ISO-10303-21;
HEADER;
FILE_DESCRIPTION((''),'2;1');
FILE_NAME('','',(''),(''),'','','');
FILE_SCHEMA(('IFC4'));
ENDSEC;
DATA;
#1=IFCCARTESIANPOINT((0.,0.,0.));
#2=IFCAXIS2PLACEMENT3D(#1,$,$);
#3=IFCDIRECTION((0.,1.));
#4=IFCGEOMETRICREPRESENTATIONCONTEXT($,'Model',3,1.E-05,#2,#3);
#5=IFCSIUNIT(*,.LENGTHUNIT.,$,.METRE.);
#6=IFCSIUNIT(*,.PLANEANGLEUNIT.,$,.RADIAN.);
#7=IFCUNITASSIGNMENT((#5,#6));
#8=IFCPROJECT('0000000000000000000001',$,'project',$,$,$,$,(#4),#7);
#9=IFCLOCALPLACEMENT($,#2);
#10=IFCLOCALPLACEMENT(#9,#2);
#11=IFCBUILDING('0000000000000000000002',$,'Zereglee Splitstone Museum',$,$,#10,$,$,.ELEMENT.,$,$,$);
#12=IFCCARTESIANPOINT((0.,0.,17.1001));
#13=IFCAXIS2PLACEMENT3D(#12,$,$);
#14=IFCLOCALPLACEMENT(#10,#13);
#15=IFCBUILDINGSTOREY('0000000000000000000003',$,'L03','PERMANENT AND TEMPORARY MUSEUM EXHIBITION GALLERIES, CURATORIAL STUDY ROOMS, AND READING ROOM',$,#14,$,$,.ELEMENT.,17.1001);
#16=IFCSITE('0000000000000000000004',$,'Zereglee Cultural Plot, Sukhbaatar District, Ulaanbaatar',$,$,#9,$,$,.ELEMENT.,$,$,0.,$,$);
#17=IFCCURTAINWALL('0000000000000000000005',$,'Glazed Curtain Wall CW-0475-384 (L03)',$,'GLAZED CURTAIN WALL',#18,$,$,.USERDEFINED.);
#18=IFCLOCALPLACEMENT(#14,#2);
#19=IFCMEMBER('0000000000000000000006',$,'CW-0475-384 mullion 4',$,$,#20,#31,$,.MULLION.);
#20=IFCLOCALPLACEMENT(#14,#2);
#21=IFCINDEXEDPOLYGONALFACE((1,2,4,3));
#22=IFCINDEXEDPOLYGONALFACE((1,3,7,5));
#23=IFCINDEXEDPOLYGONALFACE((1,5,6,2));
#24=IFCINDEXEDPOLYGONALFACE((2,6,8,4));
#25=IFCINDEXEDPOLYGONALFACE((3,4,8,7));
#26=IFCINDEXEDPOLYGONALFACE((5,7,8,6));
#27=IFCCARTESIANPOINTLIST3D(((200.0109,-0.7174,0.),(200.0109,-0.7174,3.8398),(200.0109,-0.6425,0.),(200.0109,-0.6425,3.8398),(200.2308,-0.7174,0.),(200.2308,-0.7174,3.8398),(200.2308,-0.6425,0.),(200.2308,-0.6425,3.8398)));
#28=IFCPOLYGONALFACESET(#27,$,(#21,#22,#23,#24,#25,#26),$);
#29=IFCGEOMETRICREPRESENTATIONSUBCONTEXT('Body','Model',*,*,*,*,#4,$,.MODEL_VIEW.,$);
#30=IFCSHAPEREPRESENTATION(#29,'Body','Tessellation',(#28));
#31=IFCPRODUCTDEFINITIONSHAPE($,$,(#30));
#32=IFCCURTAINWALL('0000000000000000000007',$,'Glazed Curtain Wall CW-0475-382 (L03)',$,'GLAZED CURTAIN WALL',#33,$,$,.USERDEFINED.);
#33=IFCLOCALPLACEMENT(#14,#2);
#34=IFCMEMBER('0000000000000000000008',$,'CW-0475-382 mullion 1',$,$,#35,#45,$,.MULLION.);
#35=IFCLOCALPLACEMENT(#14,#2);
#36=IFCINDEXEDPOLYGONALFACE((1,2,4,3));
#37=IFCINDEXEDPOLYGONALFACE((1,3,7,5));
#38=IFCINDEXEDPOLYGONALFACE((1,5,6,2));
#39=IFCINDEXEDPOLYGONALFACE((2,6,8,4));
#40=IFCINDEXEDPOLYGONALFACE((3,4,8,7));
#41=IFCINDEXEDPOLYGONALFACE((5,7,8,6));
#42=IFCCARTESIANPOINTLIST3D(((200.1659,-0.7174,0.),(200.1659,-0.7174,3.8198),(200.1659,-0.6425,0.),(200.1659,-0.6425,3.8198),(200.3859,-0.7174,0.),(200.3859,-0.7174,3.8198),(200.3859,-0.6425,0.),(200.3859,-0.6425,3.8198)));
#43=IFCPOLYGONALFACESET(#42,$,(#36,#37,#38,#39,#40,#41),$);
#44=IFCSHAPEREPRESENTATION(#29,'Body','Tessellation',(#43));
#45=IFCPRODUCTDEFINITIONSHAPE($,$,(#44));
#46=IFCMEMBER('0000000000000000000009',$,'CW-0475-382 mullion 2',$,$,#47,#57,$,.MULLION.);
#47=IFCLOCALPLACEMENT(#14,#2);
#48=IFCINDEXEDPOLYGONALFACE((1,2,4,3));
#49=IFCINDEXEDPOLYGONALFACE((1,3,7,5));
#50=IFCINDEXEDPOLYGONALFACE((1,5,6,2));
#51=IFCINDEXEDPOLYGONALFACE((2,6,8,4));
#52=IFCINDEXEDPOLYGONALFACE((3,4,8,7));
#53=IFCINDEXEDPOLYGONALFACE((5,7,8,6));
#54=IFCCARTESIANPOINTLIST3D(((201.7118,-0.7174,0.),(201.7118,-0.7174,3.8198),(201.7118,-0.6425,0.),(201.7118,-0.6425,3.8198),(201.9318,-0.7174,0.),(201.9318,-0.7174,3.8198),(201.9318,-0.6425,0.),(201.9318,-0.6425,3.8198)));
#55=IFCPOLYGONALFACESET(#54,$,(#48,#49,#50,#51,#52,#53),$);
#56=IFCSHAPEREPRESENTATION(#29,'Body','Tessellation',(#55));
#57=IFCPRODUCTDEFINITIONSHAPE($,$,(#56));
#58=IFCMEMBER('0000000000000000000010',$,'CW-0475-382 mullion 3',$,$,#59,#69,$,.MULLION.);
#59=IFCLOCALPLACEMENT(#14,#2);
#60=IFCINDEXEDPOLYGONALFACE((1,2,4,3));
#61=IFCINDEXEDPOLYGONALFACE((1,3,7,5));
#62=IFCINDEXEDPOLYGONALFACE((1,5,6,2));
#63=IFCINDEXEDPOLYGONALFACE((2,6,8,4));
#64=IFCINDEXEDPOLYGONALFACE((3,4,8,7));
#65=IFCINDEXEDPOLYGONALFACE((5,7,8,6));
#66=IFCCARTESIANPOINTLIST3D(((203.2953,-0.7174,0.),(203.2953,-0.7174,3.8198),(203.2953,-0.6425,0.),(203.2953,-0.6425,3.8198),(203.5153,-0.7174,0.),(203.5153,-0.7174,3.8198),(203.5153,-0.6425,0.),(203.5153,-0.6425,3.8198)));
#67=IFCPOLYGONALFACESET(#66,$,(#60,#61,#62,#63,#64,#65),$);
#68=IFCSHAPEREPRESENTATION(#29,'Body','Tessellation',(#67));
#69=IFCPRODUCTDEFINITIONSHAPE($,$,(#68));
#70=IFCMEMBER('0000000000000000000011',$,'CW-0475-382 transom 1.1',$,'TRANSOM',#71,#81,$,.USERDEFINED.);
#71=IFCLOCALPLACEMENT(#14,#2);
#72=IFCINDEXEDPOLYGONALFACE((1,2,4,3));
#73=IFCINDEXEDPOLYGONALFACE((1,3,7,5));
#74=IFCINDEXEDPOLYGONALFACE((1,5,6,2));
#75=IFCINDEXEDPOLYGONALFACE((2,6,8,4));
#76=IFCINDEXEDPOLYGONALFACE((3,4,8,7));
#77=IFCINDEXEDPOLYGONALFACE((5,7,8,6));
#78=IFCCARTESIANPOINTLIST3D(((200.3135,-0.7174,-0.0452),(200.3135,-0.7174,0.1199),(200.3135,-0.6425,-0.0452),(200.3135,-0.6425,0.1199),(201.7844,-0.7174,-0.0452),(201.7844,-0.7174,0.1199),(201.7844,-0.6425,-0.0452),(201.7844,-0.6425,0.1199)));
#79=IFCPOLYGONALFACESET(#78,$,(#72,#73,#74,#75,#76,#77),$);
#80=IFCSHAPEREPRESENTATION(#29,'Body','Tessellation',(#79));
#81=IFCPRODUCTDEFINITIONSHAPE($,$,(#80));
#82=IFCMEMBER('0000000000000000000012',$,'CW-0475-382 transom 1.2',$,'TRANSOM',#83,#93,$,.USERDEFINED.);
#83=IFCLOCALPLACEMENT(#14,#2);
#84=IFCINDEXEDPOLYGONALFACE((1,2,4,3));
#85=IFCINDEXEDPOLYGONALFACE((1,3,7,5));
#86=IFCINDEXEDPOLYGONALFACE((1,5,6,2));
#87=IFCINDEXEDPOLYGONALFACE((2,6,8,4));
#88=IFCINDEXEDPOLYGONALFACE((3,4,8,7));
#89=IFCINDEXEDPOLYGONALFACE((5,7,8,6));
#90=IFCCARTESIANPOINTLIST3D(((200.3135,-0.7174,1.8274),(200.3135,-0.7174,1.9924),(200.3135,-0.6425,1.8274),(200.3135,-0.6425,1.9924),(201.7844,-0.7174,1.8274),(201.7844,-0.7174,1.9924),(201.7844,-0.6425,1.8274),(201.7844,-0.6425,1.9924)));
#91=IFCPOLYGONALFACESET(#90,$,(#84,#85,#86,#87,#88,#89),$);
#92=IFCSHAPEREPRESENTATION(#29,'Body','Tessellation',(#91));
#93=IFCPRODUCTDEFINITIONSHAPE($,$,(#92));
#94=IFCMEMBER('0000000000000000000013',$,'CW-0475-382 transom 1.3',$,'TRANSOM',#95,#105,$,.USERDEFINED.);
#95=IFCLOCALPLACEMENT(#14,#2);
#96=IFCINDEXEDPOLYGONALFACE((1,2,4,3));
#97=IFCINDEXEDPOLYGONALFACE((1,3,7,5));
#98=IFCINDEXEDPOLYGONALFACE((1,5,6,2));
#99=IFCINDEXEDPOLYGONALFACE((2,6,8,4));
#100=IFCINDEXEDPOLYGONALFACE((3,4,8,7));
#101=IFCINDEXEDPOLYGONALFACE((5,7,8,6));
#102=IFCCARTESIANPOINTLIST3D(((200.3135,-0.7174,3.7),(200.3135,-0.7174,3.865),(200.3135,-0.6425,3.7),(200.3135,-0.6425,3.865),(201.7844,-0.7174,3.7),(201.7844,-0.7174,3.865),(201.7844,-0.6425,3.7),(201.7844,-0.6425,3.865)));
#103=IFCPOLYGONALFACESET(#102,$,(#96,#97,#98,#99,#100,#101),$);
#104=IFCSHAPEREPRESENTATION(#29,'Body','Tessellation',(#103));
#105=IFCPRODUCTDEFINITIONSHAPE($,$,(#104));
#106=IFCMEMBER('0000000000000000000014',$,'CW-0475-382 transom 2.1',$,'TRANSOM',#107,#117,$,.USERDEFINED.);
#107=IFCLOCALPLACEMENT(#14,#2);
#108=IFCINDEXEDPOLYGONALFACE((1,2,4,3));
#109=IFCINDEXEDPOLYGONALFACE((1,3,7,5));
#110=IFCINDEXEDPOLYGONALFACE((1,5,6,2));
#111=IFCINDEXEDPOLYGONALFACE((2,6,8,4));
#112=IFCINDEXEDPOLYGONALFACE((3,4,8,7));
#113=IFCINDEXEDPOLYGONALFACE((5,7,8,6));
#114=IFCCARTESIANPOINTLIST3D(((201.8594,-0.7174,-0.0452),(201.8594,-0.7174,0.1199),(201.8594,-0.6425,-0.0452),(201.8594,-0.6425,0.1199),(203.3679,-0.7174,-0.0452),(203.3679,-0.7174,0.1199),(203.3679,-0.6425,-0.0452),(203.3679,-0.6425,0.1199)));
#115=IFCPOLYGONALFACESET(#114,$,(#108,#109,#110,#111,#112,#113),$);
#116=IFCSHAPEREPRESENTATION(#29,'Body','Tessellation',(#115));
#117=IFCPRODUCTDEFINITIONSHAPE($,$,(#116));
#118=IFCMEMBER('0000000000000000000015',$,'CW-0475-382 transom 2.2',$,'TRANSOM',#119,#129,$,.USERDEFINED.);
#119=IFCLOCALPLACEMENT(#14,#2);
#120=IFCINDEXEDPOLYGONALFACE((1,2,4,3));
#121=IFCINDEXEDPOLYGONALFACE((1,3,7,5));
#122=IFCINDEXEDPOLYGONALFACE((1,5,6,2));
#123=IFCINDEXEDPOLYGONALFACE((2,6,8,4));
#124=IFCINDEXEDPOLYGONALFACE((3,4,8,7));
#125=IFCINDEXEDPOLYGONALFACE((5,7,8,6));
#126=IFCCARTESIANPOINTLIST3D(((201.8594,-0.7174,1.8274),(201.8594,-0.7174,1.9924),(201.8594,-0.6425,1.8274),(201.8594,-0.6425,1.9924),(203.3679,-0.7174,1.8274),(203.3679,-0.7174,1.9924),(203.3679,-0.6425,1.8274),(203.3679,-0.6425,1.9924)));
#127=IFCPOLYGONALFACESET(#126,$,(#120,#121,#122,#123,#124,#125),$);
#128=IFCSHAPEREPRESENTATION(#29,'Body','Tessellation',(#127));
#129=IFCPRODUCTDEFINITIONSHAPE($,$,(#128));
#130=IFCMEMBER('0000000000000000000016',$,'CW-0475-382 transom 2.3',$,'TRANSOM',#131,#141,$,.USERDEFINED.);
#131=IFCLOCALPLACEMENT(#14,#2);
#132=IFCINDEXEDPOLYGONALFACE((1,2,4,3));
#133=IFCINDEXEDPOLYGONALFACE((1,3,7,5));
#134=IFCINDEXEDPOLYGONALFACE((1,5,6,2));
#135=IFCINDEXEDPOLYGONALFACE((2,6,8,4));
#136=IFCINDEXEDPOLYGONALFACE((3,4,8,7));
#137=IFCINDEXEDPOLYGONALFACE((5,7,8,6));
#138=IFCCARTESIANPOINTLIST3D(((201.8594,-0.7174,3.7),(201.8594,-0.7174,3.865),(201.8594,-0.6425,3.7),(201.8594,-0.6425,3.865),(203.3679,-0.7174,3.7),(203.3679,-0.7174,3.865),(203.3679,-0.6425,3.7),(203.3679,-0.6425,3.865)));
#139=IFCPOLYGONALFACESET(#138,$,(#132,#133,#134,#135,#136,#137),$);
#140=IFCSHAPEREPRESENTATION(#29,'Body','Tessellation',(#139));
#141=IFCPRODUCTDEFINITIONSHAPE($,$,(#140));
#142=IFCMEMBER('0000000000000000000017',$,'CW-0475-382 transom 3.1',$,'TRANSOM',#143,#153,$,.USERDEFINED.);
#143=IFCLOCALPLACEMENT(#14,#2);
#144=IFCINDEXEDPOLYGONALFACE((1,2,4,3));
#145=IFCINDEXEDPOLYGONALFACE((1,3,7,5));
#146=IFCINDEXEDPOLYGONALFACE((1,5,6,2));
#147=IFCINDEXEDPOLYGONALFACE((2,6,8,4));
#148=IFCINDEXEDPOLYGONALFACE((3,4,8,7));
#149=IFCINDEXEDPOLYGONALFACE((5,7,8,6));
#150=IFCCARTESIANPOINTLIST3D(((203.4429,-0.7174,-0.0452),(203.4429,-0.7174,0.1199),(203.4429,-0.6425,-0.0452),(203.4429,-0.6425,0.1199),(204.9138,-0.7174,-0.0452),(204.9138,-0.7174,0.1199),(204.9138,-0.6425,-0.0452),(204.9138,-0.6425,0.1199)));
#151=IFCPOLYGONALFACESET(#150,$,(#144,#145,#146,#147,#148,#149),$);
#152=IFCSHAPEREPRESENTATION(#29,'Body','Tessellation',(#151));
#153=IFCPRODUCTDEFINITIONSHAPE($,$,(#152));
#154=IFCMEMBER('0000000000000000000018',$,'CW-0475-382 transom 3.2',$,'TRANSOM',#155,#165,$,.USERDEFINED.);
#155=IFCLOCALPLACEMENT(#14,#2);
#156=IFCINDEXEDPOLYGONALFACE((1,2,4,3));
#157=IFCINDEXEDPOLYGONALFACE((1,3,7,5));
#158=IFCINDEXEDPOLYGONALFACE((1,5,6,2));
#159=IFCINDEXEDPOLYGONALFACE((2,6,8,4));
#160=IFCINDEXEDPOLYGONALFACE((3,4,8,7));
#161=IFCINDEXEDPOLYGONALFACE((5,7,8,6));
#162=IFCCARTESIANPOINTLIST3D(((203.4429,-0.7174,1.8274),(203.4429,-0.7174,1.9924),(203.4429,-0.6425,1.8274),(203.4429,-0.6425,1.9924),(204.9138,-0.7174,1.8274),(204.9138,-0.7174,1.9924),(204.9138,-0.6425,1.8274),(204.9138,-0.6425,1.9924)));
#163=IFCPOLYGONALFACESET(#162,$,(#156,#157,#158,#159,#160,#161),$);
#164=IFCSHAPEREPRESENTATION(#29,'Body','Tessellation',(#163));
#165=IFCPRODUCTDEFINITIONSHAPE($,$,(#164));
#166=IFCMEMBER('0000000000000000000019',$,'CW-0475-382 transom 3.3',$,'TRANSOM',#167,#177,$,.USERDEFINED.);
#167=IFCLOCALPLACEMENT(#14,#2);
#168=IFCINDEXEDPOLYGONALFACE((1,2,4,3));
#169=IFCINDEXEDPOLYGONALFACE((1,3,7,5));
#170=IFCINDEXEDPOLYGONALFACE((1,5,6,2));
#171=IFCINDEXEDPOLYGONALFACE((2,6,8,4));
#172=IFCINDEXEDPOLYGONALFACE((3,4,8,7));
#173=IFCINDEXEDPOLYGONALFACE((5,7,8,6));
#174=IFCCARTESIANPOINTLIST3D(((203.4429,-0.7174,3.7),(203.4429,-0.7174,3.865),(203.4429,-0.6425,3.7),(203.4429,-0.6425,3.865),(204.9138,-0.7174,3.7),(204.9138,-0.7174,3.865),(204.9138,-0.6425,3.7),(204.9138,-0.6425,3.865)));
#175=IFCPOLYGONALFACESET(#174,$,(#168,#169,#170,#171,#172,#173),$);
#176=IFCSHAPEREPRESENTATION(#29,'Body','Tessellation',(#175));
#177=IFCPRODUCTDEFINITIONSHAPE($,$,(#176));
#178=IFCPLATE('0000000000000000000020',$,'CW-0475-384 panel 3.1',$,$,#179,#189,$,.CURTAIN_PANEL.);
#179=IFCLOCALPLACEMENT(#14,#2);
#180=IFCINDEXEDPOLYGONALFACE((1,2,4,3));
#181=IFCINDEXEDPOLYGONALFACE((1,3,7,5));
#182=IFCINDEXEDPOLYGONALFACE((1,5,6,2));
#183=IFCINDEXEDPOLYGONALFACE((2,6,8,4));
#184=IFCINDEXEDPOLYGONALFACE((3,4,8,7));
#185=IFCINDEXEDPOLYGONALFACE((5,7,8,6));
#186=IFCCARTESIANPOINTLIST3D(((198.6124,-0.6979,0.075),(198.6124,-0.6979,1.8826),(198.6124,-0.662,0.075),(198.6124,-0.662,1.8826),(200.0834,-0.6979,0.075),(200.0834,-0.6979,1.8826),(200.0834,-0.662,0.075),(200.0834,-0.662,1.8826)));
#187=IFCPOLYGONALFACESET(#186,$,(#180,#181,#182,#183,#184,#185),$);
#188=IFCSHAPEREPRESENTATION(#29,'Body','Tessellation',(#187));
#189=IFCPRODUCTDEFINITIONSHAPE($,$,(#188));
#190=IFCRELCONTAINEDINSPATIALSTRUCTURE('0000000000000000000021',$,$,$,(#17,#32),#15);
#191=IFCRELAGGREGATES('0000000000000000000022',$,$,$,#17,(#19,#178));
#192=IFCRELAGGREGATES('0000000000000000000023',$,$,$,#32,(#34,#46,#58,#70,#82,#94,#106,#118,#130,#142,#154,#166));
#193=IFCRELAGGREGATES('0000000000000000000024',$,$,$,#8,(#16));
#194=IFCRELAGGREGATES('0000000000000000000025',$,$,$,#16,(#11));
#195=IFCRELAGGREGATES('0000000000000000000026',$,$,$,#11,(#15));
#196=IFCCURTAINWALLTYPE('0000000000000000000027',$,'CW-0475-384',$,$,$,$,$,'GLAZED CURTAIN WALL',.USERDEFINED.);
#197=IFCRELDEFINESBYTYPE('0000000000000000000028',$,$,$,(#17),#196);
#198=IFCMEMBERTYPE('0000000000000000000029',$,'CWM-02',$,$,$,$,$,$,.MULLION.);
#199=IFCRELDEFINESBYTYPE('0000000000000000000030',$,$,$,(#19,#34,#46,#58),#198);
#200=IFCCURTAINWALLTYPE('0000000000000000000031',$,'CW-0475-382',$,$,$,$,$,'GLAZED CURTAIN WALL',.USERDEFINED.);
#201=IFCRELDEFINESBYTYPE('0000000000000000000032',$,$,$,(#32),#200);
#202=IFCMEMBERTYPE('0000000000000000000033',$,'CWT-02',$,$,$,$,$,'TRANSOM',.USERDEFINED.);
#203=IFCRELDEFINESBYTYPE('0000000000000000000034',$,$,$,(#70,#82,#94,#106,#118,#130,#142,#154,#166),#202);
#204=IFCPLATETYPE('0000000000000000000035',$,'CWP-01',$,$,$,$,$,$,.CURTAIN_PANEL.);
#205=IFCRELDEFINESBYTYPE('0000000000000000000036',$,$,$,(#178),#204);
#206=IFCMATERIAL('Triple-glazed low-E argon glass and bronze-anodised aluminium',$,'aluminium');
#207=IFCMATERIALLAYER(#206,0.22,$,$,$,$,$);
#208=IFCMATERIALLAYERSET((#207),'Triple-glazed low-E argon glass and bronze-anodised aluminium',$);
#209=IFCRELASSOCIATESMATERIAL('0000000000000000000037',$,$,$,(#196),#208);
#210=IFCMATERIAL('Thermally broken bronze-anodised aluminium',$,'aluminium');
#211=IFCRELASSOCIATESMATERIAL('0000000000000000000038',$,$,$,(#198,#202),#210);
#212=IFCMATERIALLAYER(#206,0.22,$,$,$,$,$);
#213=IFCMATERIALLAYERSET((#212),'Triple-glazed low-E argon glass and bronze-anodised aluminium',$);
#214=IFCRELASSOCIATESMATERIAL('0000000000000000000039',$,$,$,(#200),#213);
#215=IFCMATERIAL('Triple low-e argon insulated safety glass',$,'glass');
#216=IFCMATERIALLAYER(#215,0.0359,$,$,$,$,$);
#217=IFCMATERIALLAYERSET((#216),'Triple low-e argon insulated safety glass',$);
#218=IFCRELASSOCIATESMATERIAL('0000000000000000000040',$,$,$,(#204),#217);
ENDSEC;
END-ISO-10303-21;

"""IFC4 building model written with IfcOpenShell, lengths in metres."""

from ifc_helpers import new_model, si_unit, direction, frame, origin, origin_2d, place, context, subcontext, project, spatial, rectangle, extrude, material, layer, layer_set, material_profile, profile_set, type_object, element, aggregate, save


model = new_model("IFC4")

# Units and contexts
model_context = context("Model", 3, precision=1e-05, world=origin(), true_north=direction((0.0, 1.0)))
body_context = subcontext(model_context, "Body", "Model", "MODEL_VIEW")
ifc_project = project(units=[si_unit("LENGTHUNIT", "METRE"), si_unit("PLANEANGLEUNIT", "RADIAN")], contexts=[model_context])

# Site, building, storey
site_placement = place(None, origin())
site = spatial("IfcSite", under=ifc_project, at=site_placement, Name="Zereglee Cultural Plot, Sukhbaatar District, Ulaanbaatar", CompositionType="ELEMENT", RefElevation=0.0)
building_placement = place(site_placement, origin())
building = spatial("IfcBuilding", under=site, at=building_placement, Name="Zereglee Splitstone Museum", CompositionType="ELEMENT")
storey_placement = place(building_placement, frame((0.0, 0.0, 17.1001)))
storey = spatial("IfcBuildingStorey", under=building, at=storey_placement, Name="L03", Description="PERMANENT AND TEMPORARY MUSEUM EXHIBITION GALLERIES, CURATORIAL STUDY ROOMS, AND READING ROOM", CompositionType="ELEMENT", Elevation=17.1001)

# Curtain wall, member
ifc_material_1 = material(Name="Triple-glazed low-E argon glass and bronze-anodised aluminium", Category="aluminium")
ifc_layer_1 = layer(ifc_material_1, 0.22)
ifc_layer_set_1 = layer_set([ifc_layer_1], Name="Triple-glazed low-E argon glass and bronze-anodised aluminium")
curtain_wall_type_1 = type_object("IfcCurtainWallType", Name="CW-0475-384", ElementType="GLAZED CURTAIN WALL", PredefinedType="USERDEFINED", material=ifc_layer_set_1)
curtain_wall_1_placement = place(storey_placement, origin())
curtain_wall_1 = element("IfcCurtainWall", 1, at=curtain_wall_1_placement, inside=storey, type_object=curtain_wall_type_1, Name="Glazed Curtain Wall CW-0475-384 (L03)", ObjectType="GLAZED CURTAIN WALL", PredefinedType="USERDEFINED")
ifc_material_2 = material(Name="Thermally broken bronze-anodised aluminium", Category="aluminium")
ifc_material_profile_1 = material_profile(ifc_material_2, rectangle(XDim=0.075, YDim=0.22, at=origin_2d()), Name="CW MULL 75x220")
ifc_profile_set_1 = profile_set([ifc_material_profile_1], Name="Thermally broken bronze-anodised aluminium")
member_type_1 = type_object("IfcMemberType", Name="CWM-02", PredefinedType="MULLION", material=ifc_profile_set_1)
member_1_placement = place(storey_placement, frame((200.1208, -0.6799, 0.0), z_axis=(0.0, 0.0, 1.0), x_axis=(0.0, 1.0, 0.0)))
member_1 = element("IfcMember", 2, at=member_1_placement, type_object=member_type_1, Name="CW-0475-384 mullion 4", PredefinedType="MULLION", context=body_context, shape_type="SweptSolid", body=[
    extrude(rectangle(XDim=0.075, YDim=0.22, at=origin_2d()), origin(), (0.0, 0.0, 1.0), 3.8398),
])

# Curtain wall, members
ifc_layer_2 = layer(ifc_material_1, 0.22)
ifc_layer_set_2 = layer_set([ifc_layer_2], Name="Triple-glazed low-E argon glass and bronze-anodised aluminium")
curtain_wall_type_2 = type_object("IfcCurtainWallType", Name="CW-0475-382", ElementType="GLAZED CURTAIN WALL", PredefinedType="USERDEFINED", material=ifc_layer_set_2)
curtain_wall_2_placement = place(storey_placement, origin())
curtain_wall_2 = element("IfcCurtainWall", 3, at=curtain_wall_2_placement, inside=storey, type_object=curtain_wall_type_2, Name="Glazed Curtain Wall CW-0475-382 (L03)", ObjectType="GLAZED CURTAIN WALL", PredefinedType="USERDEFINED")
member_2_placement = place(storey_placement, frame((200.2759, -0.6799, 0.0), z_axis=(0.0, 0.0, 1.0), x_axis=(0.0, 1.0, 0.0)))
member_2 = element("IfcMember", 4, at=member_2_placement, type_object=member_type_1, Name="CW-0475-382 mullion 1", PredefinedType="MULLION", context=body_context, shape_type="SweptSolid", body=[
    extrude(rectangle(XDim=0.075, YDim=0.22, at=origin_2d()), origin(), (0.0, 0.0, 1.0), 3.8198),
])
member_3_placement = place(storey_placement, frame((201.8218, -0.6799, 0.0), z_axis=(0.0, 0.0, 1.0), x_axis=(0.0, 1.0, 0.0)))
member_3 = element("IfcMember", 5, at=member_3_placement, type_object=member_type_1, Name="CW-0475-382 mullion 2", PredefinedType="MULLION", context=body_context, shape_type="SweptSolid", body=[
    extrude(rectangle(XDim=0.075, YDim=0.22, at=origin_2d()), origin(), (0.0, 0.0, 1.0), 3.8198),
])
member_4_placement = place(storey_placement, frame((203.4053, -0.6799, 0.0), z_axis=(0.0, 0.0, 1.0), x_axis=(0.0, 1.0, 0.0)))
member_4 = element("IfcMember", 6, at=member_4_placement, type_object=member_type_1, Name="CW-0475-382 mullion 3", PredefinedType="MULLION", context=body_context, shape_type="SweptSolid", body=[
    extrude(rectangle(XDim=0.075, YDim=0.22, at=origin_2d()), origin(), (0.0, 0.0, 1.0), 3.8198),
])
ifc_material_profile_2 = material_profile(ifc_material_2, rectangle(XDim=0.075, YDim=0.165, at=origin_2d()), Name="CW TRAN 75x165")
ifc_profile_set_2 = profile_set([ifc_material_profile_2], Name="Thermally broken bronze-anodised aluminium")
member_type_2 = type_object("IfcMemberType", Name="CWT-02", ElementType="TRANSOM", PredefinedType="USERDEFINED", material=ifc_profile_set_2)
member_5_placement = place(storey_placement, frame((200.3135, -0.6799, 0.0374), z_axis=(1.0, 0.0, 0.0), x_axis=(0.0, 1.0, 0.0)))
member_5 = element("IfcMember", 7, at=member_5_placement, type_object=member_type_2, Name="CW-0475-382 transom 1.1", ObjectType="TRANSOM", PredefinedType="USERDEFINED", context=body_context, shape_type="SweptSolid", body=[
    extrude(rectangle(XDim=0.075, YDim=0.165, at=origin_2d()), origin(), (0.0, 0.0, 1.0), 1.4709),
])
member_6_placement = place(storey_placement, frame((200.3135, -0.6799, 1.9099), z_axis=(1.0, 0.0, 0.0), x_axis=(0.0, 1.0, 0.0)))
member_6 = element("IfcMember", 8, at=member_6_placement, type_object=member_type_2, Name="CW-0475-382 transom 1.2", ObjectType="TRANSOM", PredefinedType="USERDEFINED", context=body_context, shape_type="SweptSolid", body=[
    extrude(rectangle(XDim=0.075, YDim=0.165, at=origin_2d()), origin(), (0.0, 0.0, 1.0), 1.4709),
])
member_7_placement = place(storey_placement, frame((200.3135, -0.6799, 3.7825), z_axis=(1.0, 0.0, 0.0), x_axis=(0.0, 1.0, 0.0)))
member_7 = element("IfcMember", 9, at=member_7_placement, type_object=member_type_2, Name="CW-0475-382 transom 1.3", ObjectType="TRANSOM", PredefinedType="USERDEFINED", context=body_context, shape_type="SweptSolid", body=[
    extrude(rectangle(XDim=0.075, YDim=0.165, at=origin_2d()), origin(), (0.0, 0.0, 1.0), 1.4709),
])
member_8_placement = place(storey_placement, frame((201.8594, -0.6799, 0.0374), z_axis=(1.0, 0.0, 0.0), x_axis=(0.0, 1.0, 0.0)))
member_8 = element("IfcMember", 10, at=member_8_placement, type_object=member_type_2, Name="CW-0475-382 transom 2.1", ObjectType="TRANSOM", PredefinedType="USERDEFINED", context=body_context, shape_type="SweptSolid", body=[
    extrude(rectangle(XDim=0.075, YDim=0.165, at=origin_2d()), origin(), (0.0, 0.0, 1.0), 1.5085),
])
member_9_placement = place(storey_placement, frame((201.8594, -0.6799, 1.9099), z_axis=(1.0, 0.0, 0.0), x_axis=(0.0, 1.0, 0.0)))
member_9 = element("IfcMember", 11, at=member_9_placement, type_object=member_type_2, Name="CW-0475-382 transom 2.2", ObjectType="TRANSOM", PredefinedType="USERDEFINED", context=body_context, shape_type="SweptSolid", body=[
    extrude(rectangle(XDim=0.075, YDim=0.165, at=origin_2d()), origin(), (0.0, 0.0, 1.0), 1.5085),
])
member_10_placement = place(storey_placement, frame((201.8594, -0.6799, 3.7825), z_axis=(1.0, 0.0, 0.0), x_axis=(0.0, 1.0, 0.0)))
member_10 = element("IfcMember", 12, at=member_10_placement, type_object=member_type_2, Name="CW-0475-382 transom 2.3", ObjectType="TRANSOM", PredefinedType="USERDEFINED", context=body_context, shape_type="SweptSolid", body=[
    extrude(rectangle(XDim=0.075, YDim=0.165, at=origin_2d()), origin(), (0.0, 0.0, 1.0), 1.5085),
])
member_11_placement = place(storey_placement, frame((203.4429, -0.6799, 0.0374), z_axis=(1.0, 0.0, 0.0), x_axis=(0.0, 1.0, 0.0)))
member_11 = element("IfcMember", 13, at=member_11_placement, type_object=member_type_2, Name="CW-0475-382 transom 3.1", ObjectType="TRANSOM", PredefinedType="USERDEFINED", context=body_context, shape_type="SweptSolid", body=[
    extrude(rectangle(XDim=0.075, YDim=0.165, at=origin_2d()), origin(), (0.0, 0.0, 1.0), 1.4709),
])
member_12_placement = place(storey_placement, frame((203.4429, -0.6799, 1.9099), z_axis=(1.0, 0.0, 0.0), x_axis=(0.0, 1.0, 0.0)))
member_12 = element("IfcMember", 14, at=member_12_placement, type_object=member_type_2, Name="CW-0475-382 transom 3.2", ObjectType="TRANSOM", PredefinedType="USERDEFINED", context=body_context, shape_type="SweptSolid", body=[
    extrude(rectangle(XDim=0.075, YDim=0.165, at=origin_2d()), origin(), (0.0, 0.0, 1.0), 1.4709),
])
member_13_placement = place(storey_placement, frame((203.4429, -0.6799, 3.7825), z_axis=(1.0, 0.0, 0.0), x_axis=(0.0, 1.0, 0.0)))
member_13 = element("IfcMember", 15, at=member_13_placement, type_object=member_type_2, Name="CW-0475-382 transom 3.3", ObjectType="TRANSOM", PredefinedType="USERDEFINED", context=body_context, shape_type="SweptSolid", body=[
    extrude(rectangle(XDim=0.075, YDim=0.165, at=origin_2d()), origin(), (0.0, 0.0, 1.0), 1.4709),
])

# Plate
ifc_material_3 = material(Name="Triple low-e argon insulated safety glass", Category="glass")
ifc_layer_3 = layer(ifc_material_3, 0.0359)
ifc_layer_set_3 = layer_set([ifc_layer_3], Name="Triple low-e argon insulated safety glass")
plate_type = type_object("IfcPlateType", Name="CWP-01", PredefinedType="CURTAIN_PANEL", material=ifc_layer_set_3)
plate_1_placement = place(storey_placement, frame((199.3479, -0.6799, 0.075), z_axis=(0.0, 0.0, 1.0), x_axis=(1.0, 0.0, 0.0)))
plate_1 = element("IfcPlate", 16, at=plate_1_placement, type_object=plate_type, Name="CW-0475-384 panel 3.1", PredefinedType="CURTAIN_PANEL", context=body_context, shape_type="SweptSolid", body=[
    extrude(rectangle(XDim=1.4709, YDim=0.0359, at=origin_2d()), origin(), (0.0, 0.0, 1.0), 1.8076),
])
aggregate(curtain_wall_1, [member_1, plate_1])
aggregate(curtain_wall_2, [member_2, member_3, member_4, member_5, member_6, member_7, member_8, member_9, member_10, member_11, member_12, member_13])

save(model, "model.ifc")
